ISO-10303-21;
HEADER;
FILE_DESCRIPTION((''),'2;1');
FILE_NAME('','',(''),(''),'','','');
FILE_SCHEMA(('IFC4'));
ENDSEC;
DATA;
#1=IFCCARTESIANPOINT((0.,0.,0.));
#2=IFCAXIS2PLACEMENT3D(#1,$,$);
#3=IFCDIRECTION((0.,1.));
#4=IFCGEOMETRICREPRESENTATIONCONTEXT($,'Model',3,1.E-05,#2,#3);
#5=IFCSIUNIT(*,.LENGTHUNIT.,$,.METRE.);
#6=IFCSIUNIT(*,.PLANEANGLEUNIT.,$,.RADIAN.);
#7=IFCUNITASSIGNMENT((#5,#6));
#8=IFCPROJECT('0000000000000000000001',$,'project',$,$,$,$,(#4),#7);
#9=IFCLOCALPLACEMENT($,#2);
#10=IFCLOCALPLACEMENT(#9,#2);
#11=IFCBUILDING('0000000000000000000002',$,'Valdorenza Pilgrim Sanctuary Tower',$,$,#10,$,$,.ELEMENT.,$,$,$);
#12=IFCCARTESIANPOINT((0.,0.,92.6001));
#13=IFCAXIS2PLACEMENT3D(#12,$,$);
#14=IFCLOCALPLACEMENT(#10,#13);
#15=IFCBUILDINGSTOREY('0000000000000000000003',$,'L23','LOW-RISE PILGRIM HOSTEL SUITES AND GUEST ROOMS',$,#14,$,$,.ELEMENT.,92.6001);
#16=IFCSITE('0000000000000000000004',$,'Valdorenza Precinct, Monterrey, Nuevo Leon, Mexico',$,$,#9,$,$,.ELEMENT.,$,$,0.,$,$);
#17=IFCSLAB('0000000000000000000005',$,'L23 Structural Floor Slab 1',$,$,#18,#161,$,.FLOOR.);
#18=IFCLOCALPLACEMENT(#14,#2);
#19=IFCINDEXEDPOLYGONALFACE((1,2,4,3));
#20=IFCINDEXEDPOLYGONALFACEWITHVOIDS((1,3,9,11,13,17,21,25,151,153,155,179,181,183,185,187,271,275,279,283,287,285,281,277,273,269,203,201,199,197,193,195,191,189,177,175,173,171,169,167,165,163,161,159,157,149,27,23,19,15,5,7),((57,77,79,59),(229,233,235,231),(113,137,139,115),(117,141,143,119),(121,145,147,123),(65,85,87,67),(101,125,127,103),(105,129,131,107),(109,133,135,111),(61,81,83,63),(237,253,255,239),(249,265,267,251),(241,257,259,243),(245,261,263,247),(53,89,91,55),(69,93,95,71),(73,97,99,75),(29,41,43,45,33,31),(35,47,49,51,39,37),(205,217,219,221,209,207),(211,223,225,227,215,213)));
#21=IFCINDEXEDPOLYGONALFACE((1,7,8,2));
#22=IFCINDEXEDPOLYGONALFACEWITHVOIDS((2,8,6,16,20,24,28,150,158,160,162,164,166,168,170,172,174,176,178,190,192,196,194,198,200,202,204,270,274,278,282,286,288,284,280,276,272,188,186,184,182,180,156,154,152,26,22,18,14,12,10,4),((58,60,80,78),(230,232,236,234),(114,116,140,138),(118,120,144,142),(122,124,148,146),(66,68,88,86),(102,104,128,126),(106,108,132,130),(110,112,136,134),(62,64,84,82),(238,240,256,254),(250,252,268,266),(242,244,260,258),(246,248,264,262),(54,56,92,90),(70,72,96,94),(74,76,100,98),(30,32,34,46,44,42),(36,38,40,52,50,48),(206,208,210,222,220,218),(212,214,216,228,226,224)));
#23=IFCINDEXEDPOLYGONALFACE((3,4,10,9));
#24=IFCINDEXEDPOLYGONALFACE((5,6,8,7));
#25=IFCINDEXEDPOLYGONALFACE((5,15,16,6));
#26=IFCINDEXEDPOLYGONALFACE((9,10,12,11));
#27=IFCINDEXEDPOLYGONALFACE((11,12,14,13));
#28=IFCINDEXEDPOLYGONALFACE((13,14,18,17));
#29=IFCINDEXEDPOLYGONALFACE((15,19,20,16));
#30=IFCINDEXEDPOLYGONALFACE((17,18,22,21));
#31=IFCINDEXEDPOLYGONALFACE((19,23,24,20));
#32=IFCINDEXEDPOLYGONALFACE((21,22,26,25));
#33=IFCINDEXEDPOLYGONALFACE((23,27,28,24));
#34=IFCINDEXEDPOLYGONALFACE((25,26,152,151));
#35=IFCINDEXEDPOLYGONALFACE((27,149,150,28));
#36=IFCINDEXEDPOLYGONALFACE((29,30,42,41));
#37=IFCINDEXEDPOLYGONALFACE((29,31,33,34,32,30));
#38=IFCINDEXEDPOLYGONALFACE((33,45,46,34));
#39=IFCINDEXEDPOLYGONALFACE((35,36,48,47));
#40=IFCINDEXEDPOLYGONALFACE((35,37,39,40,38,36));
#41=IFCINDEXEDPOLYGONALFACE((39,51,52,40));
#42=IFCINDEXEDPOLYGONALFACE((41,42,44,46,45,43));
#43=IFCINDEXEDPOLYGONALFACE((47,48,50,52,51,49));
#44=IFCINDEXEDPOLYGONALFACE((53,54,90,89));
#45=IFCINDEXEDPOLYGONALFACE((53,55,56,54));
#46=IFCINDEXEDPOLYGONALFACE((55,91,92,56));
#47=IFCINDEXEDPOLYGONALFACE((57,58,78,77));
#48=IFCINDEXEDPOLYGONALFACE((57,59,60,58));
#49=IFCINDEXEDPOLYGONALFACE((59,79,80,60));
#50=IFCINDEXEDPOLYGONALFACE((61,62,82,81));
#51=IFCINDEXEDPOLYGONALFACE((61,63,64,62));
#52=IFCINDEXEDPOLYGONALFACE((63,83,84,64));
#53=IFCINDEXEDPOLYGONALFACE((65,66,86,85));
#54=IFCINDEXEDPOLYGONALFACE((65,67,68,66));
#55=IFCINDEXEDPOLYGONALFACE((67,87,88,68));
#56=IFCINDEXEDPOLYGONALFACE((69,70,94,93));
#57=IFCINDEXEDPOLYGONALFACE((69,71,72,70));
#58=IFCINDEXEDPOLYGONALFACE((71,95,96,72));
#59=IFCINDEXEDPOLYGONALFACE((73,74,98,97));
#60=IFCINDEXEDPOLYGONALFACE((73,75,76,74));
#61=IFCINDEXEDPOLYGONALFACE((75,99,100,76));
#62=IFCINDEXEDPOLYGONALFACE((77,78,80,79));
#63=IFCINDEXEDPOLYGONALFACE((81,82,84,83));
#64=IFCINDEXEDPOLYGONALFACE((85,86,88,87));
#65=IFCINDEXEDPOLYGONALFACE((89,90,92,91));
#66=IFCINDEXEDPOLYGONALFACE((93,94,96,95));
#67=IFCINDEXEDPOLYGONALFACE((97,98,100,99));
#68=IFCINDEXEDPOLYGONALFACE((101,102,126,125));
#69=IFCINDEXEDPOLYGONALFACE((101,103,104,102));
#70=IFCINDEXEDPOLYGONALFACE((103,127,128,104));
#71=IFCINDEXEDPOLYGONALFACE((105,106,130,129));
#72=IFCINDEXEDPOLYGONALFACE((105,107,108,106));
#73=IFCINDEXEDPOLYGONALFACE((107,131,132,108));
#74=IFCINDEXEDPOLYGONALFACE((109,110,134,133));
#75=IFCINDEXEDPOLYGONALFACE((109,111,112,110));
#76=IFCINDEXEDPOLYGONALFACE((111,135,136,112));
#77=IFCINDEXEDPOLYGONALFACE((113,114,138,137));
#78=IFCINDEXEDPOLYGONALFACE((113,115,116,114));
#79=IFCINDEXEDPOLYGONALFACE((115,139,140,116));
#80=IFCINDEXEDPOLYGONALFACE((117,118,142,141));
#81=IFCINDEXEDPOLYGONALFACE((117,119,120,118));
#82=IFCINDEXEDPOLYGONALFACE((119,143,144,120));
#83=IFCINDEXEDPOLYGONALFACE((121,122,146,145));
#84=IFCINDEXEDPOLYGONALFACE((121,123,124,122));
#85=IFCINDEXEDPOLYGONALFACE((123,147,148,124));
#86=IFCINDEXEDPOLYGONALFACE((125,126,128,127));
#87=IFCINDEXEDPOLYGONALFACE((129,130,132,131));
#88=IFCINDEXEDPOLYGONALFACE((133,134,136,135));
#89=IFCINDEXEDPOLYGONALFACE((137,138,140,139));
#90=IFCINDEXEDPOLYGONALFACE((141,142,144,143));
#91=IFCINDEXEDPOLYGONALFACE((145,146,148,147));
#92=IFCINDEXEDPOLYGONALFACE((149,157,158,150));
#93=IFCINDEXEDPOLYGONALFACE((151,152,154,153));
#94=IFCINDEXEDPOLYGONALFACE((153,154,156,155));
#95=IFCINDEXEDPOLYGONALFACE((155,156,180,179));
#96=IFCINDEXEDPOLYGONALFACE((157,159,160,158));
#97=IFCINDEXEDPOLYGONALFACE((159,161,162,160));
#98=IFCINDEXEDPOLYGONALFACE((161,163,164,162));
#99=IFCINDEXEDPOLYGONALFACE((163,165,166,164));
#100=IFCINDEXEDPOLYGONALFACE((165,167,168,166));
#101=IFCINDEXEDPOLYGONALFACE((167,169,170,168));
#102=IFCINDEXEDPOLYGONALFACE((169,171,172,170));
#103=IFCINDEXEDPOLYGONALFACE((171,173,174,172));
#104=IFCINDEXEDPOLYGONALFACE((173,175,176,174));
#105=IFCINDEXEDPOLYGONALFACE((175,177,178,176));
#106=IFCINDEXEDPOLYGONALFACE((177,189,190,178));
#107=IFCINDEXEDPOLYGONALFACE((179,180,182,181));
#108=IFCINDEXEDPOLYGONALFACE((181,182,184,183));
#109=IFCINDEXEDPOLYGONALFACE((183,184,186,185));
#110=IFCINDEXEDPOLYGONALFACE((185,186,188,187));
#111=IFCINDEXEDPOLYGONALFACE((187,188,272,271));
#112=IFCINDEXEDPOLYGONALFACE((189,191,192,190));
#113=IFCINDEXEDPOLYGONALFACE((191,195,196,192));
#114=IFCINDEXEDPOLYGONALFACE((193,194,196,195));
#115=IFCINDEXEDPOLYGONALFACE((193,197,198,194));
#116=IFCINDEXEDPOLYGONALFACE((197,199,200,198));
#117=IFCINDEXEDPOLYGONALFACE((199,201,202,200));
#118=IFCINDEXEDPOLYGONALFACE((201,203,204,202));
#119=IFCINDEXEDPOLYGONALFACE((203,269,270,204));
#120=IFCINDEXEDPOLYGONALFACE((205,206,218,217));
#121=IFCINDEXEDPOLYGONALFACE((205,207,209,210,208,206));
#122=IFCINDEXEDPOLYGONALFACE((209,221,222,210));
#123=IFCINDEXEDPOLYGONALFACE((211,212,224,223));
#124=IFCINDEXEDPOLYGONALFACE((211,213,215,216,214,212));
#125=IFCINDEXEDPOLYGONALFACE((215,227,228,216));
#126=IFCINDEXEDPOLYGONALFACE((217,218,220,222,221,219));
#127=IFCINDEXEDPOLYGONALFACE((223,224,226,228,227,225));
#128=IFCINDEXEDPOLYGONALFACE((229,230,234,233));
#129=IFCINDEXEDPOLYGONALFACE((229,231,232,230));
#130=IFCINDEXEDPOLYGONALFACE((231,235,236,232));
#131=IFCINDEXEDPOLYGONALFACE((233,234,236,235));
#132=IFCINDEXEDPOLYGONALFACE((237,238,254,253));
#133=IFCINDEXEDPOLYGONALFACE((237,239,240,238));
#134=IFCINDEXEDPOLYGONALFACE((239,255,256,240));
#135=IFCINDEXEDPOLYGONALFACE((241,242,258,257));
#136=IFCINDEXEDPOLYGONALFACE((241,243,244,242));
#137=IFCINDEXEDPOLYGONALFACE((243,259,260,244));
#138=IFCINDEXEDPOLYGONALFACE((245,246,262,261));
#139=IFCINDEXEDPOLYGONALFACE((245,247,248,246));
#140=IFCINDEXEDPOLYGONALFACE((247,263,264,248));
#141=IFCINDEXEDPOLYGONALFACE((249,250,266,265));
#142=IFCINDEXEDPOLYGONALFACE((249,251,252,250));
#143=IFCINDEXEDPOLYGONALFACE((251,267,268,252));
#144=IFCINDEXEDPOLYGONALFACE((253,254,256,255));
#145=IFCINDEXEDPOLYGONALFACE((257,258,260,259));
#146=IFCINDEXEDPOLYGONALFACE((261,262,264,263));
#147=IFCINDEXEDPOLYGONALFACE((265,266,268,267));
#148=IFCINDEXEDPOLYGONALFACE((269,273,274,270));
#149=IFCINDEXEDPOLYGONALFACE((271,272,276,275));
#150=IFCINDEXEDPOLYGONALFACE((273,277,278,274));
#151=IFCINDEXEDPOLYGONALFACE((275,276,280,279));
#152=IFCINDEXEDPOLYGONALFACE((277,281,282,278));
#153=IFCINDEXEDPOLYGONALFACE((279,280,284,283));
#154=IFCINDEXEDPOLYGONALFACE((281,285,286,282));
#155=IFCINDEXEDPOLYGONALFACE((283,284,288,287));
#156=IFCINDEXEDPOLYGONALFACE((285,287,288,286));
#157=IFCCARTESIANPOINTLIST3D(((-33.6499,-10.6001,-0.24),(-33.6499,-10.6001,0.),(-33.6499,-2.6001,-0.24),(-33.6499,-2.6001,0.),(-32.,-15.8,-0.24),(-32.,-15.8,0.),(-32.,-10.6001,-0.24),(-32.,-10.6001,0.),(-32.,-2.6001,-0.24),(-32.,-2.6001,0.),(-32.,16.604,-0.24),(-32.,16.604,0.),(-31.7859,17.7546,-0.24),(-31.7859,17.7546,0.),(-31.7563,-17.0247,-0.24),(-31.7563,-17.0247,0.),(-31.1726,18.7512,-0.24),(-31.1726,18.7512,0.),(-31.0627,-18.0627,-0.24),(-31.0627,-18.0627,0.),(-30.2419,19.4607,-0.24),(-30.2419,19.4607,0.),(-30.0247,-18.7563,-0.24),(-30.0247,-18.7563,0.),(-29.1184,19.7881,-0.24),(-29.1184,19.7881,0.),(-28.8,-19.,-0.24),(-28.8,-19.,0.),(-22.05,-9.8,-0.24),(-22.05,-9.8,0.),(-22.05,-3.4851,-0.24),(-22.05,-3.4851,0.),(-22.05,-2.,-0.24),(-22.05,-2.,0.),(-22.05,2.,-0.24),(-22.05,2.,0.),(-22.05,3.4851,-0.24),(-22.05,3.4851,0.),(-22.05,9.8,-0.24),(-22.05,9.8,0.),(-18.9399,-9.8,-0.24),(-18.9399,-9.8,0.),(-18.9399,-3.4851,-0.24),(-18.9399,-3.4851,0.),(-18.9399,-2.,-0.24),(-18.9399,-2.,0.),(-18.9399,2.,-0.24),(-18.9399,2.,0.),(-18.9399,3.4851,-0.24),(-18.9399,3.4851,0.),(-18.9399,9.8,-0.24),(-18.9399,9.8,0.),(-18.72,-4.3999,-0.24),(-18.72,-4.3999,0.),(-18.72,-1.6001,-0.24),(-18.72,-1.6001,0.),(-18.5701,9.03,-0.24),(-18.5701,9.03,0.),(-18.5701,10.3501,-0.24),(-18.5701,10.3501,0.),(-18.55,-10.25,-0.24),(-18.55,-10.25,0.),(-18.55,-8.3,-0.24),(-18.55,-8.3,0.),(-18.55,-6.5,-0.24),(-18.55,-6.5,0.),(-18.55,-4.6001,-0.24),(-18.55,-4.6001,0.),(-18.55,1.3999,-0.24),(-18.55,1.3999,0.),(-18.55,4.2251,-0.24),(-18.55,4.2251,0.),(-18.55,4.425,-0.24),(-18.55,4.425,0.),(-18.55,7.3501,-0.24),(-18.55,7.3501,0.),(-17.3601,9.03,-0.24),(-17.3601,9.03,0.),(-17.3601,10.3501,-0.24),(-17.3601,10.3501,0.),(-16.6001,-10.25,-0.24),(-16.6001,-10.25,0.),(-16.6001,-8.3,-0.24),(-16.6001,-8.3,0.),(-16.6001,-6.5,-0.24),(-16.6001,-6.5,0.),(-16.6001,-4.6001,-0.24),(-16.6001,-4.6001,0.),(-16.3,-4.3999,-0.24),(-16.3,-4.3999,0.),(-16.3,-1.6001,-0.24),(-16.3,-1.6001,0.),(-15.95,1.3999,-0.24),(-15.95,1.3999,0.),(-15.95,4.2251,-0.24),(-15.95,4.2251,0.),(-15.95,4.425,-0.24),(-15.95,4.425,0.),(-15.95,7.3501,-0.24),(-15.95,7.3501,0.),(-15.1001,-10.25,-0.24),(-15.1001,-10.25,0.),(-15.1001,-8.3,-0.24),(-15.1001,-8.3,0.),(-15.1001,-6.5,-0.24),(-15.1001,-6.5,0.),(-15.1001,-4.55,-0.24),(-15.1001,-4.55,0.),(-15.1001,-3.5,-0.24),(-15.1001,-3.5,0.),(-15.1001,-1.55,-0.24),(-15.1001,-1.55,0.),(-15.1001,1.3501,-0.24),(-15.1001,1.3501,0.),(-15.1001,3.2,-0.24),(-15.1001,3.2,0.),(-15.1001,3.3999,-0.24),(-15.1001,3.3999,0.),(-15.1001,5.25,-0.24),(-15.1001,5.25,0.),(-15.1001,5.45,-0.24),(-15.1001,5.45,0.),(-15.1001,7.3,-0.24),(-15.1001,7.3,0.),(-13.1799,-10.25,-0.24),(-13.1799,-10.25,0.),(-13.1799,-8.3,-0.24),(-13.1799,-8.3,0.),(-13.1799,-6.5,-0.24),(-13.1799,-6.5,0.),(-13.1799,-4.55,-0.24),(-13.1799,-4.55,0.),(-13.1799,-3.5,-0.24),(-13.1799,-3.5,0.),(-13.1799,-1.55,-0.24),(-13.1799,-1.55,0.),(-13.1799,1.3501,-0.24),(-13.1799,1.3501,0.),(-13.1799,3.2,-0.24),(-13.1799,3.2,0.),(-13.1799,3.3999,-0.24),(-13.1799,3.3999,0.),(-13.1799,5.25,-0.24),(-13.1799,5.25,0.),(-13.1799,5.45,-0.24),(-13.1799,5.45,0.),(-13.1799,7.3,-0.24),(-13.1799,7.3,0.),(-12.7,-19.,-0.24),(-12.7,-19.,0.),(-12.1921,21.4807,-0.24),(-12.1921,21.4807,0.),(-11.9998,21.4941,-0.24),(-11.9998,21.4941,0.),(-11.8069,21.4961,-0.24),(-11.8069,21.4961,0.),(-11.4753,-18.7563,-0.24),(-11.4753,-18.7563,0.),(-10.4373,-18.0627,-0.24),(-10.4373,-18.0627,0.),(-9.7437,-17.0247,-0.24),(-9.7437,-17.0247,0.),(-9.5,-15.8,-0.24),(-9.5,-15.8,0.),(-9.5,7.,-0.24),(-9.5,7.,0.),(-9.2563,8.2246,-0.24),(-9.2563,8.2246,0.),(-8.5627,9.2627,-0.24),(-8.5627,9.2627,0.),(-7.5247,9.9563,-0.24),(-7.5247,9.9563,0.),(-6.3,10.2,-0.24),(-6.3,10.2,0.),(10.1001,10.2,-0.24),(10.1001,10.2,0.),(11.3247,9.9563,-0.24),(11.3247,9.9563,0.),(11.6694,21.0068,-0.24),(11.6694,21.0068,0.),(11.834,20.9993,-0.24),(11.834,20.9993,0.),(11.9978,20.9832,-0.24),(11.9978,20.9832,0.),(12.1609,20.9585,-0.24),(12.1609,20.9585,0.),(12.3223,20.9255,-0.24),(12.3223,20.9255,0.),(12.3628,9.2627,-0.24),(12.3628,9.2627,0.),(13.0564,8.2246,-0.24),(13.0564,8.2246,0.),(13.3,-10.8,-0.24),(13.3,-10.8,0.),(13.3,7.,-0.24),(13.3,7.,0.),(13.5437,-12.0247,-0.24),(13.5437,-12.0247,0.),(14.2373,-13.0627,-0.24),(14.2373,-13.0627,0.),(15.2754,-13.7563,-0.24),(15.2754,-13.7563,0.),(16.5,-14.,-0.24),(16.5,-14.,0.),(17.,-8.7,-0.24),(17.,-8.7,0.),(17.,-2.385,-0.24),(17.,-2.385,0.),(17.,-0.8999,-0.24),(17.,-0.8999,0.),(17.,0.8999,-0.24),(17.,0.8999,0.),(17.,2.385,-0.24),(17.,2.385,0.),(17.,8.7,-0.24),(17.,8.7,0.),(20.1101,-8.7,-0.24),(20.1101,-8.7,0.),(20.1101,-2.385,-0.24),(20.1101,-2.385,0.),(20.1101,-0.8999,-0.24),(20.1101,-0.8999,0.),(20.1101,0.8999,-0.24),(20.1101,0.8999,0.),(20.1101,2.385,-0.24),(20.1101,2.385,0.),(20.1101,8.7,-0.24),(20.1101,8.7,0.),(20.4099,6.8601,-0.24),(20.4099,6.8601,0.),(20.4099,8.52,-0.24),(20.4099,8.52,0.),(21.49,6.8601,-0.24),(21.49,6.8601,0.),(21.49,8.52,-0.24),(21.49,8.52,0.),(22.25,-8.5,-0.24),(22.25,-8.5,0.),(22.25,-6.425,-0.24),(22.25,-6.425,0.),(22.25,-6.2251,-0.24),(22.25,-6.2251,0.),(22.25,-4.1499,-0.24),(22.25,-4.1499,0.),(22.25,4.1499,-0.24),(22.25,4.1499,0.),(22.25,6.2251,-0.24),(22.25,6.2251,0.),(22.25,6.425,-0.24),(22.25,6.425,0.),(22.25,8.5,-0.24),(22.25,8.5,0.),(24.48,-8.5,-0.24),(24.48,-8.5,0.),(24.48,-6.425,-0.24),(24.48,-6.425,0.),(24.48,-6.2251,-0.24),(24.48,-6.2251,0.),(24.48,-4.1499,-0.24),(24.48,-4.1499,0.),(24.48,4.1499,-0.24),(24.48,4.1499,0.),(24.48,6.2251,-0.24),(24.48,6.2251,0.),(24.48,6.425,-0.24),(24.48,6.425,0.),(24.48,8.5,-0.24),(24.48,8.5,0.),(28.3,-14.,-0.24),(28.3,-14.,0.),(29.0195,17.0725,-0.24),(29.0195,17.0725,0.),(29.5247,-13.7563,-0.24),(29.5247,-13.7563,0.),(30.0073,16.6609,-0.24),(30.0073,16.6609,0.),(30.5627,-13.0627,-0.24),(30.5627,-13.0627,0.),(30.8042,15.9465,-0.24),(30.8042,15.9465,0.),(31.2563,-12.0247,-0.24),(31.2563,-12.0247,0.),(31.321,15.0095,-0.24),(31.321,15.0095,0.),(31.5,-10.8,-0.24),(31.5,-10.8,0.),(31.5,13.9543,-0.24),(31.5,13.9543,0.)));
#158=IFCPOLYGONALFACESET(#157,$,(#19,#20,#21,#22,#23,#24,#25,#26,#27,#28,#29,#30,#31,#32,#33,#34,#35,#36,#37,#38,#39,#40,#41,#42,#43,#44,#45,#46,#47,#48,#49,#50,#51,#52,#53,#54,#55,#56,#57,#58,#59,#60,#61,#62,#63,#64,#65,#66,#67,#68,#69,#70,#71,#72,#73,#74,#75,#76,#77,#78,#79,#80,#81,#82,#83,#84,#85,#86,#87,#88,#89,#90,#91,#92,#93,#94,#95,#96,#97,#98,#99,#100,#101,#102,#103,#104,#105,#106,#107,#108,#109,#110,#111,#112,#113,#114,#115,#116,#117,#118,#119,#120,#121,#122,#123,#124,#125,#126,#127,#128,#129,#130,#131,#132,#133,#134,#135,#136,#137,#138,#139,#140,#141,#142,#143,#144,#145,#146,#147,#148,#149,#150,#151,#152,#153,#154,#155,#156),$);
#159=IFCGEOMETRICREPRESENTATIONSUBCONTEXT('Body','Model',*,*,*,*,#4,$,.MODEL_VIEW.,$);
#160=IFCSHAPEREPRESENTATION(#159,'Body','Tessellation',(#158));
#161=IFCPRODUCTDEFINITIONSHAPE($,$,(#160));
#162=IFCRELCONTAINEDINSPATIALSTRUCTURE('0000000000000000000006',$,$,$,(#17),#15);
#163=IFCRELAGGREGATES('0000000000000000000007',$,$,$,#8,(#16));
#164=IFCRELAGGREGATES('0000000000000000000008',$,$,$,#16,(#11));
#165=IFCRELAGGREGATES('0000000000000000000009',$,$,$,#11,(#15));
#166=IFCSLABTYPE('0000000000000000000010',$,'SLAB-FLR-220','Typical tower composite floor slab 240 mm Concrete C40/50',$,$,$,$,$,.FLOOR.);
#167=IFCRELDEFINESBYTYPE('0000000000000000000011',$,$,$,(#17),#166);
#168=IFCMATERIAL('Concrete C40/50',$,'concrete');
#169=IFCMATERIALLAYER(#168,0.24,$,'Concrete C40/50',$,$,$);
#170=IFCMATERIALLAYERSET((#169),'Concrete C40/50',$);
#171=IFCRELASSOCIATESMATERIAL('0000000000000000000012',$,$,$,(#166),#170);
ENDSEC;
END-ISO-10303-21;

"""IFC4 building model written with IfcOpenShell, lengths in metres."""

from ifc_helpers import new_model, si_unit, direction, frame, origin, place, context, subcontext, project, spatial, polyline, outline, extrude, material, layer, layer_set, type_object, element, save


model = new_model("IFC4")

# Units and contexts
model_context = context("Model", 3, precision=1e-05, world=origin(), true_north=direction((0.0, 1.0)))
body_context = subcontext(model_context, "Body", "Model", "MODEL_VIEW")
ifc_project = project(units=[si_unit("LENGTHUNIT", "METRE"), si_unit("PLANEANGLEUNIT", "RADIAN")], contexts=[model_context])

# Site, building, storey
site_placement = place(None, origin())
site = spatial("IfcSite", under=ifc_project, at=site_placement, Name="Valdorenza Precinct, Monterrey, Nuevo Leon, Mexico", CompositionType="ELEMENT", RefElevation=0.0)
building_placement = place(site_placement, origin())
building = spatial("IfcBuilding", under=site, at=building_placement, Name="Valdorenza Pilgrim Sanctuary Tower", CompositionType="ELEMENT")
storey_placement = place(building_placement, frame((0.0, 0.0, 92.6001)))
storey = spatial("IfcBuildingStorey", under=building, at=storey_placement, Name="L23", Description="LOW-RISE PILGRIM HOSTEL SUITES AND GUEST ROOMS", CompositionType="ELEMENT", Elevation=92.6001)

# Slab
ifc_material_1 = material(Name="Concrete C40/50", Category="concrete")
ifc_layer_1 = layer(ifc_material_1, 0.24, Name="Concrete C40/50")
ifc_layer_set_1 = layer_set([ifc_layer_1], Name="Concrete C40/50")
slab_type_1 = type_object("IfcSlabType", Name="SLAB-FLR-220", Description="Typical tower composite floor slab 240 mm Concrete C40/50", PredefinedType="FLOOR", material=ifc_layer_set_1)
slab_1_placement = place(storey_placement, frame((0.0, 0.0, -0.24)))
element("IfcSlab", 1, at=slab_1_placement, inside=storey, type_object=slab_type_1, Name="L23 Structural Floor Slab 1", PredefinedType="FLOOR", context=body_context, shape_type="SweptSolid", body=[
    extrude(outline(polyline([(-33.6499, -2.6001), (-32.0, -2.6001), (-32.0, 16.604), (-31.7859, 17.7546), (-31.1726, 18.7512), (-30.2419, 19.4607), (-29.1184, 19.7881), (-12.1921, 21.4807), (-11.9998, 21.4941), (-11.8069, 21.4961), (11.6694, 21.0068), (11.834, 20.9993), (11.9978, 20.9832), (12.1609, 20.9585), (12.3223, 20.9255), (29.0195, 17.0725), (30.0073, 16.6609), (30.8042, 15.9465), (31.321, 15.0095), (31.5, 13.9543), (31.5, -10.8), (31.2563, -12.0247), (30.5627, -13.0627), (29.5247, -13.7563), (28.3, -14.0), (16.5, -14.0), (15.2754, -13.7563), (14.2373, -13.0627), (13.5437, -12.0247), (13.3, -10.8), (13.3, 7.0), (13.0564, 8.2246), (12.3628, 9.2627), (11.3247, 9.9563), (10.1001, 10.2), (-6.3, 10.2), (-7.5247, 9.9563), (-8.5627, 9.2627), (-9.2563, 8.2246), (-9.5, 7.0), (-9.5, -15.8), (-9.7437, -17.0247), (-10.4373, -18.0627), (-11.4753, -18.7563), (-12.7, -19.0), (-28.8, -19.0), (-30.0247, -18.7563), (-31.0627, -18.0627), (-31.7563, -17.0247), (-32.0, -15.8), (-32.0, -10.6001), (-33.6499, -10.6001), (-33.6499, -2.6001)]), holes=[polyline([(-16.6001, -10.25), (-16.6001, -8.3), (-18.55, -8.3), (-18.55, -10.25), (-16.6001, -10.25)]), polyline([(-22.05, -9.8), (-18.9399, -9.8), (-18.9399, -3.4851), (-18.9399, -2.0), (-22.05, -2.0), (-22.05, -3.4851), (-22.05, -9.8)]), polyline([(-18.55, -6.5), (-16.6001, -6.5), (-16.6001, -4.6001), (-18.55, -4.6001), (-18.55, -6.5)]), polyline([(-13.1799, -6.5), (-13.1799, -4.55), (-15.1001, -4.55), (-15.1001, -6.5), (-13.1799, -6.5)]), polyline([(-18.72, -4.3999), (-16.3, -4.3999), (-16.3, -1.6001), (-18.72, -1.6001), (-18.72, -4.3999)]), polyline([(-13.1799, -3.5), (-13.1799, -1.55), (-15.1001, -1.55), (-15.1001, -3.5), (-13.1799, -3.5)]), polyline([(-22.05, 2.0), (-18.9399, 2.0), (-18.9399, 3.4851), (-18.9399, 9.8), (-22.05, 9.8), (-22.05, 3.4851), (-22.05, 2.0)]), polyline([(-18.55, 1.3999), (-15.95, 1.3999), (-15.95, 4.2251), (-18.55, 4.2251), (-18.55, 1.3999)]), polyline([(-15.95, 4.425), (-15.95, 7.3501), (-18.55, 7.3501), (-18.55, 4.425), (-15.95, 4.425)]), polyline([(-15.1001, 5.45), (-13.1799, 5.45), (-13.1799, 7.3), (-15.1001, 7.3), (-15.1001, 5.45)]), polyline([(-17.3601, 9.03), (-17.3601, 10.3501), (-18.5701, 10.3501), (-18.5701, 9.03), (-17.3601, 9.03)]), polyline([(-15.1001, -10.25), (-13.1799, -10.25), (-13.1799, -8.3), (-15.1001, -8.3), (-15.1001, -10.25)]), polyline([(22.25, -8.5), (24.48, -8.5), (24.48, -6.425), (22.25, -6.425), (22.25, -8.5)]), polyline([(17.0, -2.385), (17.0, -8.7), (20.1101, -8.7), (20.1101, -2.385), (20.1101, -0.8999), (17.0, -0.8999), (17.0, -2.385)]), polyline([(22.25, -6.2251), (24.48, -6.2251), (24.48, -4.1499), (22.25, -4.1499), (22.25, -6.2251)]), polyline([(17.0, 0.8999), (20.1101, 0.8999), (20.1101, 2.385), (20.1101, 8.7), (17.0, 8.7), (17.0, 2.385), (17.0, 0.8999)]), polyline([(-15.1001, 1.3501), (-13.1799, 1.3501), (-13.1799, 3.2), (-15.1001, 3.2), (-15.1001, 1.3501)]), polyline([(-15.1001, 3.3999), (-13.1799, 3.3999), (-13.1799, 5.25), (-15.1001, 5.25), (-15.1001, 3.3999)]), polyline([(22.25, 4.1499), (24.48, 4.1499), (24.48, 6.2251), (22.25, 6.2251), (22.25, 4.1499)]), polyline([(22.25, 6.425), (24.48, 6.425), (24.48, 8.5), (22.25, 8.5), (22.25, 6.425)]), polyline([(20.4099, 6.8601), (21.49, 6.8601), (21.49, 8.52), (20.4099, 8.52), (20.4099, 6.8601)])]), origin(), (0.0, 0.0, 1.0), 0.24),
])

save(model, "model.ifc")
